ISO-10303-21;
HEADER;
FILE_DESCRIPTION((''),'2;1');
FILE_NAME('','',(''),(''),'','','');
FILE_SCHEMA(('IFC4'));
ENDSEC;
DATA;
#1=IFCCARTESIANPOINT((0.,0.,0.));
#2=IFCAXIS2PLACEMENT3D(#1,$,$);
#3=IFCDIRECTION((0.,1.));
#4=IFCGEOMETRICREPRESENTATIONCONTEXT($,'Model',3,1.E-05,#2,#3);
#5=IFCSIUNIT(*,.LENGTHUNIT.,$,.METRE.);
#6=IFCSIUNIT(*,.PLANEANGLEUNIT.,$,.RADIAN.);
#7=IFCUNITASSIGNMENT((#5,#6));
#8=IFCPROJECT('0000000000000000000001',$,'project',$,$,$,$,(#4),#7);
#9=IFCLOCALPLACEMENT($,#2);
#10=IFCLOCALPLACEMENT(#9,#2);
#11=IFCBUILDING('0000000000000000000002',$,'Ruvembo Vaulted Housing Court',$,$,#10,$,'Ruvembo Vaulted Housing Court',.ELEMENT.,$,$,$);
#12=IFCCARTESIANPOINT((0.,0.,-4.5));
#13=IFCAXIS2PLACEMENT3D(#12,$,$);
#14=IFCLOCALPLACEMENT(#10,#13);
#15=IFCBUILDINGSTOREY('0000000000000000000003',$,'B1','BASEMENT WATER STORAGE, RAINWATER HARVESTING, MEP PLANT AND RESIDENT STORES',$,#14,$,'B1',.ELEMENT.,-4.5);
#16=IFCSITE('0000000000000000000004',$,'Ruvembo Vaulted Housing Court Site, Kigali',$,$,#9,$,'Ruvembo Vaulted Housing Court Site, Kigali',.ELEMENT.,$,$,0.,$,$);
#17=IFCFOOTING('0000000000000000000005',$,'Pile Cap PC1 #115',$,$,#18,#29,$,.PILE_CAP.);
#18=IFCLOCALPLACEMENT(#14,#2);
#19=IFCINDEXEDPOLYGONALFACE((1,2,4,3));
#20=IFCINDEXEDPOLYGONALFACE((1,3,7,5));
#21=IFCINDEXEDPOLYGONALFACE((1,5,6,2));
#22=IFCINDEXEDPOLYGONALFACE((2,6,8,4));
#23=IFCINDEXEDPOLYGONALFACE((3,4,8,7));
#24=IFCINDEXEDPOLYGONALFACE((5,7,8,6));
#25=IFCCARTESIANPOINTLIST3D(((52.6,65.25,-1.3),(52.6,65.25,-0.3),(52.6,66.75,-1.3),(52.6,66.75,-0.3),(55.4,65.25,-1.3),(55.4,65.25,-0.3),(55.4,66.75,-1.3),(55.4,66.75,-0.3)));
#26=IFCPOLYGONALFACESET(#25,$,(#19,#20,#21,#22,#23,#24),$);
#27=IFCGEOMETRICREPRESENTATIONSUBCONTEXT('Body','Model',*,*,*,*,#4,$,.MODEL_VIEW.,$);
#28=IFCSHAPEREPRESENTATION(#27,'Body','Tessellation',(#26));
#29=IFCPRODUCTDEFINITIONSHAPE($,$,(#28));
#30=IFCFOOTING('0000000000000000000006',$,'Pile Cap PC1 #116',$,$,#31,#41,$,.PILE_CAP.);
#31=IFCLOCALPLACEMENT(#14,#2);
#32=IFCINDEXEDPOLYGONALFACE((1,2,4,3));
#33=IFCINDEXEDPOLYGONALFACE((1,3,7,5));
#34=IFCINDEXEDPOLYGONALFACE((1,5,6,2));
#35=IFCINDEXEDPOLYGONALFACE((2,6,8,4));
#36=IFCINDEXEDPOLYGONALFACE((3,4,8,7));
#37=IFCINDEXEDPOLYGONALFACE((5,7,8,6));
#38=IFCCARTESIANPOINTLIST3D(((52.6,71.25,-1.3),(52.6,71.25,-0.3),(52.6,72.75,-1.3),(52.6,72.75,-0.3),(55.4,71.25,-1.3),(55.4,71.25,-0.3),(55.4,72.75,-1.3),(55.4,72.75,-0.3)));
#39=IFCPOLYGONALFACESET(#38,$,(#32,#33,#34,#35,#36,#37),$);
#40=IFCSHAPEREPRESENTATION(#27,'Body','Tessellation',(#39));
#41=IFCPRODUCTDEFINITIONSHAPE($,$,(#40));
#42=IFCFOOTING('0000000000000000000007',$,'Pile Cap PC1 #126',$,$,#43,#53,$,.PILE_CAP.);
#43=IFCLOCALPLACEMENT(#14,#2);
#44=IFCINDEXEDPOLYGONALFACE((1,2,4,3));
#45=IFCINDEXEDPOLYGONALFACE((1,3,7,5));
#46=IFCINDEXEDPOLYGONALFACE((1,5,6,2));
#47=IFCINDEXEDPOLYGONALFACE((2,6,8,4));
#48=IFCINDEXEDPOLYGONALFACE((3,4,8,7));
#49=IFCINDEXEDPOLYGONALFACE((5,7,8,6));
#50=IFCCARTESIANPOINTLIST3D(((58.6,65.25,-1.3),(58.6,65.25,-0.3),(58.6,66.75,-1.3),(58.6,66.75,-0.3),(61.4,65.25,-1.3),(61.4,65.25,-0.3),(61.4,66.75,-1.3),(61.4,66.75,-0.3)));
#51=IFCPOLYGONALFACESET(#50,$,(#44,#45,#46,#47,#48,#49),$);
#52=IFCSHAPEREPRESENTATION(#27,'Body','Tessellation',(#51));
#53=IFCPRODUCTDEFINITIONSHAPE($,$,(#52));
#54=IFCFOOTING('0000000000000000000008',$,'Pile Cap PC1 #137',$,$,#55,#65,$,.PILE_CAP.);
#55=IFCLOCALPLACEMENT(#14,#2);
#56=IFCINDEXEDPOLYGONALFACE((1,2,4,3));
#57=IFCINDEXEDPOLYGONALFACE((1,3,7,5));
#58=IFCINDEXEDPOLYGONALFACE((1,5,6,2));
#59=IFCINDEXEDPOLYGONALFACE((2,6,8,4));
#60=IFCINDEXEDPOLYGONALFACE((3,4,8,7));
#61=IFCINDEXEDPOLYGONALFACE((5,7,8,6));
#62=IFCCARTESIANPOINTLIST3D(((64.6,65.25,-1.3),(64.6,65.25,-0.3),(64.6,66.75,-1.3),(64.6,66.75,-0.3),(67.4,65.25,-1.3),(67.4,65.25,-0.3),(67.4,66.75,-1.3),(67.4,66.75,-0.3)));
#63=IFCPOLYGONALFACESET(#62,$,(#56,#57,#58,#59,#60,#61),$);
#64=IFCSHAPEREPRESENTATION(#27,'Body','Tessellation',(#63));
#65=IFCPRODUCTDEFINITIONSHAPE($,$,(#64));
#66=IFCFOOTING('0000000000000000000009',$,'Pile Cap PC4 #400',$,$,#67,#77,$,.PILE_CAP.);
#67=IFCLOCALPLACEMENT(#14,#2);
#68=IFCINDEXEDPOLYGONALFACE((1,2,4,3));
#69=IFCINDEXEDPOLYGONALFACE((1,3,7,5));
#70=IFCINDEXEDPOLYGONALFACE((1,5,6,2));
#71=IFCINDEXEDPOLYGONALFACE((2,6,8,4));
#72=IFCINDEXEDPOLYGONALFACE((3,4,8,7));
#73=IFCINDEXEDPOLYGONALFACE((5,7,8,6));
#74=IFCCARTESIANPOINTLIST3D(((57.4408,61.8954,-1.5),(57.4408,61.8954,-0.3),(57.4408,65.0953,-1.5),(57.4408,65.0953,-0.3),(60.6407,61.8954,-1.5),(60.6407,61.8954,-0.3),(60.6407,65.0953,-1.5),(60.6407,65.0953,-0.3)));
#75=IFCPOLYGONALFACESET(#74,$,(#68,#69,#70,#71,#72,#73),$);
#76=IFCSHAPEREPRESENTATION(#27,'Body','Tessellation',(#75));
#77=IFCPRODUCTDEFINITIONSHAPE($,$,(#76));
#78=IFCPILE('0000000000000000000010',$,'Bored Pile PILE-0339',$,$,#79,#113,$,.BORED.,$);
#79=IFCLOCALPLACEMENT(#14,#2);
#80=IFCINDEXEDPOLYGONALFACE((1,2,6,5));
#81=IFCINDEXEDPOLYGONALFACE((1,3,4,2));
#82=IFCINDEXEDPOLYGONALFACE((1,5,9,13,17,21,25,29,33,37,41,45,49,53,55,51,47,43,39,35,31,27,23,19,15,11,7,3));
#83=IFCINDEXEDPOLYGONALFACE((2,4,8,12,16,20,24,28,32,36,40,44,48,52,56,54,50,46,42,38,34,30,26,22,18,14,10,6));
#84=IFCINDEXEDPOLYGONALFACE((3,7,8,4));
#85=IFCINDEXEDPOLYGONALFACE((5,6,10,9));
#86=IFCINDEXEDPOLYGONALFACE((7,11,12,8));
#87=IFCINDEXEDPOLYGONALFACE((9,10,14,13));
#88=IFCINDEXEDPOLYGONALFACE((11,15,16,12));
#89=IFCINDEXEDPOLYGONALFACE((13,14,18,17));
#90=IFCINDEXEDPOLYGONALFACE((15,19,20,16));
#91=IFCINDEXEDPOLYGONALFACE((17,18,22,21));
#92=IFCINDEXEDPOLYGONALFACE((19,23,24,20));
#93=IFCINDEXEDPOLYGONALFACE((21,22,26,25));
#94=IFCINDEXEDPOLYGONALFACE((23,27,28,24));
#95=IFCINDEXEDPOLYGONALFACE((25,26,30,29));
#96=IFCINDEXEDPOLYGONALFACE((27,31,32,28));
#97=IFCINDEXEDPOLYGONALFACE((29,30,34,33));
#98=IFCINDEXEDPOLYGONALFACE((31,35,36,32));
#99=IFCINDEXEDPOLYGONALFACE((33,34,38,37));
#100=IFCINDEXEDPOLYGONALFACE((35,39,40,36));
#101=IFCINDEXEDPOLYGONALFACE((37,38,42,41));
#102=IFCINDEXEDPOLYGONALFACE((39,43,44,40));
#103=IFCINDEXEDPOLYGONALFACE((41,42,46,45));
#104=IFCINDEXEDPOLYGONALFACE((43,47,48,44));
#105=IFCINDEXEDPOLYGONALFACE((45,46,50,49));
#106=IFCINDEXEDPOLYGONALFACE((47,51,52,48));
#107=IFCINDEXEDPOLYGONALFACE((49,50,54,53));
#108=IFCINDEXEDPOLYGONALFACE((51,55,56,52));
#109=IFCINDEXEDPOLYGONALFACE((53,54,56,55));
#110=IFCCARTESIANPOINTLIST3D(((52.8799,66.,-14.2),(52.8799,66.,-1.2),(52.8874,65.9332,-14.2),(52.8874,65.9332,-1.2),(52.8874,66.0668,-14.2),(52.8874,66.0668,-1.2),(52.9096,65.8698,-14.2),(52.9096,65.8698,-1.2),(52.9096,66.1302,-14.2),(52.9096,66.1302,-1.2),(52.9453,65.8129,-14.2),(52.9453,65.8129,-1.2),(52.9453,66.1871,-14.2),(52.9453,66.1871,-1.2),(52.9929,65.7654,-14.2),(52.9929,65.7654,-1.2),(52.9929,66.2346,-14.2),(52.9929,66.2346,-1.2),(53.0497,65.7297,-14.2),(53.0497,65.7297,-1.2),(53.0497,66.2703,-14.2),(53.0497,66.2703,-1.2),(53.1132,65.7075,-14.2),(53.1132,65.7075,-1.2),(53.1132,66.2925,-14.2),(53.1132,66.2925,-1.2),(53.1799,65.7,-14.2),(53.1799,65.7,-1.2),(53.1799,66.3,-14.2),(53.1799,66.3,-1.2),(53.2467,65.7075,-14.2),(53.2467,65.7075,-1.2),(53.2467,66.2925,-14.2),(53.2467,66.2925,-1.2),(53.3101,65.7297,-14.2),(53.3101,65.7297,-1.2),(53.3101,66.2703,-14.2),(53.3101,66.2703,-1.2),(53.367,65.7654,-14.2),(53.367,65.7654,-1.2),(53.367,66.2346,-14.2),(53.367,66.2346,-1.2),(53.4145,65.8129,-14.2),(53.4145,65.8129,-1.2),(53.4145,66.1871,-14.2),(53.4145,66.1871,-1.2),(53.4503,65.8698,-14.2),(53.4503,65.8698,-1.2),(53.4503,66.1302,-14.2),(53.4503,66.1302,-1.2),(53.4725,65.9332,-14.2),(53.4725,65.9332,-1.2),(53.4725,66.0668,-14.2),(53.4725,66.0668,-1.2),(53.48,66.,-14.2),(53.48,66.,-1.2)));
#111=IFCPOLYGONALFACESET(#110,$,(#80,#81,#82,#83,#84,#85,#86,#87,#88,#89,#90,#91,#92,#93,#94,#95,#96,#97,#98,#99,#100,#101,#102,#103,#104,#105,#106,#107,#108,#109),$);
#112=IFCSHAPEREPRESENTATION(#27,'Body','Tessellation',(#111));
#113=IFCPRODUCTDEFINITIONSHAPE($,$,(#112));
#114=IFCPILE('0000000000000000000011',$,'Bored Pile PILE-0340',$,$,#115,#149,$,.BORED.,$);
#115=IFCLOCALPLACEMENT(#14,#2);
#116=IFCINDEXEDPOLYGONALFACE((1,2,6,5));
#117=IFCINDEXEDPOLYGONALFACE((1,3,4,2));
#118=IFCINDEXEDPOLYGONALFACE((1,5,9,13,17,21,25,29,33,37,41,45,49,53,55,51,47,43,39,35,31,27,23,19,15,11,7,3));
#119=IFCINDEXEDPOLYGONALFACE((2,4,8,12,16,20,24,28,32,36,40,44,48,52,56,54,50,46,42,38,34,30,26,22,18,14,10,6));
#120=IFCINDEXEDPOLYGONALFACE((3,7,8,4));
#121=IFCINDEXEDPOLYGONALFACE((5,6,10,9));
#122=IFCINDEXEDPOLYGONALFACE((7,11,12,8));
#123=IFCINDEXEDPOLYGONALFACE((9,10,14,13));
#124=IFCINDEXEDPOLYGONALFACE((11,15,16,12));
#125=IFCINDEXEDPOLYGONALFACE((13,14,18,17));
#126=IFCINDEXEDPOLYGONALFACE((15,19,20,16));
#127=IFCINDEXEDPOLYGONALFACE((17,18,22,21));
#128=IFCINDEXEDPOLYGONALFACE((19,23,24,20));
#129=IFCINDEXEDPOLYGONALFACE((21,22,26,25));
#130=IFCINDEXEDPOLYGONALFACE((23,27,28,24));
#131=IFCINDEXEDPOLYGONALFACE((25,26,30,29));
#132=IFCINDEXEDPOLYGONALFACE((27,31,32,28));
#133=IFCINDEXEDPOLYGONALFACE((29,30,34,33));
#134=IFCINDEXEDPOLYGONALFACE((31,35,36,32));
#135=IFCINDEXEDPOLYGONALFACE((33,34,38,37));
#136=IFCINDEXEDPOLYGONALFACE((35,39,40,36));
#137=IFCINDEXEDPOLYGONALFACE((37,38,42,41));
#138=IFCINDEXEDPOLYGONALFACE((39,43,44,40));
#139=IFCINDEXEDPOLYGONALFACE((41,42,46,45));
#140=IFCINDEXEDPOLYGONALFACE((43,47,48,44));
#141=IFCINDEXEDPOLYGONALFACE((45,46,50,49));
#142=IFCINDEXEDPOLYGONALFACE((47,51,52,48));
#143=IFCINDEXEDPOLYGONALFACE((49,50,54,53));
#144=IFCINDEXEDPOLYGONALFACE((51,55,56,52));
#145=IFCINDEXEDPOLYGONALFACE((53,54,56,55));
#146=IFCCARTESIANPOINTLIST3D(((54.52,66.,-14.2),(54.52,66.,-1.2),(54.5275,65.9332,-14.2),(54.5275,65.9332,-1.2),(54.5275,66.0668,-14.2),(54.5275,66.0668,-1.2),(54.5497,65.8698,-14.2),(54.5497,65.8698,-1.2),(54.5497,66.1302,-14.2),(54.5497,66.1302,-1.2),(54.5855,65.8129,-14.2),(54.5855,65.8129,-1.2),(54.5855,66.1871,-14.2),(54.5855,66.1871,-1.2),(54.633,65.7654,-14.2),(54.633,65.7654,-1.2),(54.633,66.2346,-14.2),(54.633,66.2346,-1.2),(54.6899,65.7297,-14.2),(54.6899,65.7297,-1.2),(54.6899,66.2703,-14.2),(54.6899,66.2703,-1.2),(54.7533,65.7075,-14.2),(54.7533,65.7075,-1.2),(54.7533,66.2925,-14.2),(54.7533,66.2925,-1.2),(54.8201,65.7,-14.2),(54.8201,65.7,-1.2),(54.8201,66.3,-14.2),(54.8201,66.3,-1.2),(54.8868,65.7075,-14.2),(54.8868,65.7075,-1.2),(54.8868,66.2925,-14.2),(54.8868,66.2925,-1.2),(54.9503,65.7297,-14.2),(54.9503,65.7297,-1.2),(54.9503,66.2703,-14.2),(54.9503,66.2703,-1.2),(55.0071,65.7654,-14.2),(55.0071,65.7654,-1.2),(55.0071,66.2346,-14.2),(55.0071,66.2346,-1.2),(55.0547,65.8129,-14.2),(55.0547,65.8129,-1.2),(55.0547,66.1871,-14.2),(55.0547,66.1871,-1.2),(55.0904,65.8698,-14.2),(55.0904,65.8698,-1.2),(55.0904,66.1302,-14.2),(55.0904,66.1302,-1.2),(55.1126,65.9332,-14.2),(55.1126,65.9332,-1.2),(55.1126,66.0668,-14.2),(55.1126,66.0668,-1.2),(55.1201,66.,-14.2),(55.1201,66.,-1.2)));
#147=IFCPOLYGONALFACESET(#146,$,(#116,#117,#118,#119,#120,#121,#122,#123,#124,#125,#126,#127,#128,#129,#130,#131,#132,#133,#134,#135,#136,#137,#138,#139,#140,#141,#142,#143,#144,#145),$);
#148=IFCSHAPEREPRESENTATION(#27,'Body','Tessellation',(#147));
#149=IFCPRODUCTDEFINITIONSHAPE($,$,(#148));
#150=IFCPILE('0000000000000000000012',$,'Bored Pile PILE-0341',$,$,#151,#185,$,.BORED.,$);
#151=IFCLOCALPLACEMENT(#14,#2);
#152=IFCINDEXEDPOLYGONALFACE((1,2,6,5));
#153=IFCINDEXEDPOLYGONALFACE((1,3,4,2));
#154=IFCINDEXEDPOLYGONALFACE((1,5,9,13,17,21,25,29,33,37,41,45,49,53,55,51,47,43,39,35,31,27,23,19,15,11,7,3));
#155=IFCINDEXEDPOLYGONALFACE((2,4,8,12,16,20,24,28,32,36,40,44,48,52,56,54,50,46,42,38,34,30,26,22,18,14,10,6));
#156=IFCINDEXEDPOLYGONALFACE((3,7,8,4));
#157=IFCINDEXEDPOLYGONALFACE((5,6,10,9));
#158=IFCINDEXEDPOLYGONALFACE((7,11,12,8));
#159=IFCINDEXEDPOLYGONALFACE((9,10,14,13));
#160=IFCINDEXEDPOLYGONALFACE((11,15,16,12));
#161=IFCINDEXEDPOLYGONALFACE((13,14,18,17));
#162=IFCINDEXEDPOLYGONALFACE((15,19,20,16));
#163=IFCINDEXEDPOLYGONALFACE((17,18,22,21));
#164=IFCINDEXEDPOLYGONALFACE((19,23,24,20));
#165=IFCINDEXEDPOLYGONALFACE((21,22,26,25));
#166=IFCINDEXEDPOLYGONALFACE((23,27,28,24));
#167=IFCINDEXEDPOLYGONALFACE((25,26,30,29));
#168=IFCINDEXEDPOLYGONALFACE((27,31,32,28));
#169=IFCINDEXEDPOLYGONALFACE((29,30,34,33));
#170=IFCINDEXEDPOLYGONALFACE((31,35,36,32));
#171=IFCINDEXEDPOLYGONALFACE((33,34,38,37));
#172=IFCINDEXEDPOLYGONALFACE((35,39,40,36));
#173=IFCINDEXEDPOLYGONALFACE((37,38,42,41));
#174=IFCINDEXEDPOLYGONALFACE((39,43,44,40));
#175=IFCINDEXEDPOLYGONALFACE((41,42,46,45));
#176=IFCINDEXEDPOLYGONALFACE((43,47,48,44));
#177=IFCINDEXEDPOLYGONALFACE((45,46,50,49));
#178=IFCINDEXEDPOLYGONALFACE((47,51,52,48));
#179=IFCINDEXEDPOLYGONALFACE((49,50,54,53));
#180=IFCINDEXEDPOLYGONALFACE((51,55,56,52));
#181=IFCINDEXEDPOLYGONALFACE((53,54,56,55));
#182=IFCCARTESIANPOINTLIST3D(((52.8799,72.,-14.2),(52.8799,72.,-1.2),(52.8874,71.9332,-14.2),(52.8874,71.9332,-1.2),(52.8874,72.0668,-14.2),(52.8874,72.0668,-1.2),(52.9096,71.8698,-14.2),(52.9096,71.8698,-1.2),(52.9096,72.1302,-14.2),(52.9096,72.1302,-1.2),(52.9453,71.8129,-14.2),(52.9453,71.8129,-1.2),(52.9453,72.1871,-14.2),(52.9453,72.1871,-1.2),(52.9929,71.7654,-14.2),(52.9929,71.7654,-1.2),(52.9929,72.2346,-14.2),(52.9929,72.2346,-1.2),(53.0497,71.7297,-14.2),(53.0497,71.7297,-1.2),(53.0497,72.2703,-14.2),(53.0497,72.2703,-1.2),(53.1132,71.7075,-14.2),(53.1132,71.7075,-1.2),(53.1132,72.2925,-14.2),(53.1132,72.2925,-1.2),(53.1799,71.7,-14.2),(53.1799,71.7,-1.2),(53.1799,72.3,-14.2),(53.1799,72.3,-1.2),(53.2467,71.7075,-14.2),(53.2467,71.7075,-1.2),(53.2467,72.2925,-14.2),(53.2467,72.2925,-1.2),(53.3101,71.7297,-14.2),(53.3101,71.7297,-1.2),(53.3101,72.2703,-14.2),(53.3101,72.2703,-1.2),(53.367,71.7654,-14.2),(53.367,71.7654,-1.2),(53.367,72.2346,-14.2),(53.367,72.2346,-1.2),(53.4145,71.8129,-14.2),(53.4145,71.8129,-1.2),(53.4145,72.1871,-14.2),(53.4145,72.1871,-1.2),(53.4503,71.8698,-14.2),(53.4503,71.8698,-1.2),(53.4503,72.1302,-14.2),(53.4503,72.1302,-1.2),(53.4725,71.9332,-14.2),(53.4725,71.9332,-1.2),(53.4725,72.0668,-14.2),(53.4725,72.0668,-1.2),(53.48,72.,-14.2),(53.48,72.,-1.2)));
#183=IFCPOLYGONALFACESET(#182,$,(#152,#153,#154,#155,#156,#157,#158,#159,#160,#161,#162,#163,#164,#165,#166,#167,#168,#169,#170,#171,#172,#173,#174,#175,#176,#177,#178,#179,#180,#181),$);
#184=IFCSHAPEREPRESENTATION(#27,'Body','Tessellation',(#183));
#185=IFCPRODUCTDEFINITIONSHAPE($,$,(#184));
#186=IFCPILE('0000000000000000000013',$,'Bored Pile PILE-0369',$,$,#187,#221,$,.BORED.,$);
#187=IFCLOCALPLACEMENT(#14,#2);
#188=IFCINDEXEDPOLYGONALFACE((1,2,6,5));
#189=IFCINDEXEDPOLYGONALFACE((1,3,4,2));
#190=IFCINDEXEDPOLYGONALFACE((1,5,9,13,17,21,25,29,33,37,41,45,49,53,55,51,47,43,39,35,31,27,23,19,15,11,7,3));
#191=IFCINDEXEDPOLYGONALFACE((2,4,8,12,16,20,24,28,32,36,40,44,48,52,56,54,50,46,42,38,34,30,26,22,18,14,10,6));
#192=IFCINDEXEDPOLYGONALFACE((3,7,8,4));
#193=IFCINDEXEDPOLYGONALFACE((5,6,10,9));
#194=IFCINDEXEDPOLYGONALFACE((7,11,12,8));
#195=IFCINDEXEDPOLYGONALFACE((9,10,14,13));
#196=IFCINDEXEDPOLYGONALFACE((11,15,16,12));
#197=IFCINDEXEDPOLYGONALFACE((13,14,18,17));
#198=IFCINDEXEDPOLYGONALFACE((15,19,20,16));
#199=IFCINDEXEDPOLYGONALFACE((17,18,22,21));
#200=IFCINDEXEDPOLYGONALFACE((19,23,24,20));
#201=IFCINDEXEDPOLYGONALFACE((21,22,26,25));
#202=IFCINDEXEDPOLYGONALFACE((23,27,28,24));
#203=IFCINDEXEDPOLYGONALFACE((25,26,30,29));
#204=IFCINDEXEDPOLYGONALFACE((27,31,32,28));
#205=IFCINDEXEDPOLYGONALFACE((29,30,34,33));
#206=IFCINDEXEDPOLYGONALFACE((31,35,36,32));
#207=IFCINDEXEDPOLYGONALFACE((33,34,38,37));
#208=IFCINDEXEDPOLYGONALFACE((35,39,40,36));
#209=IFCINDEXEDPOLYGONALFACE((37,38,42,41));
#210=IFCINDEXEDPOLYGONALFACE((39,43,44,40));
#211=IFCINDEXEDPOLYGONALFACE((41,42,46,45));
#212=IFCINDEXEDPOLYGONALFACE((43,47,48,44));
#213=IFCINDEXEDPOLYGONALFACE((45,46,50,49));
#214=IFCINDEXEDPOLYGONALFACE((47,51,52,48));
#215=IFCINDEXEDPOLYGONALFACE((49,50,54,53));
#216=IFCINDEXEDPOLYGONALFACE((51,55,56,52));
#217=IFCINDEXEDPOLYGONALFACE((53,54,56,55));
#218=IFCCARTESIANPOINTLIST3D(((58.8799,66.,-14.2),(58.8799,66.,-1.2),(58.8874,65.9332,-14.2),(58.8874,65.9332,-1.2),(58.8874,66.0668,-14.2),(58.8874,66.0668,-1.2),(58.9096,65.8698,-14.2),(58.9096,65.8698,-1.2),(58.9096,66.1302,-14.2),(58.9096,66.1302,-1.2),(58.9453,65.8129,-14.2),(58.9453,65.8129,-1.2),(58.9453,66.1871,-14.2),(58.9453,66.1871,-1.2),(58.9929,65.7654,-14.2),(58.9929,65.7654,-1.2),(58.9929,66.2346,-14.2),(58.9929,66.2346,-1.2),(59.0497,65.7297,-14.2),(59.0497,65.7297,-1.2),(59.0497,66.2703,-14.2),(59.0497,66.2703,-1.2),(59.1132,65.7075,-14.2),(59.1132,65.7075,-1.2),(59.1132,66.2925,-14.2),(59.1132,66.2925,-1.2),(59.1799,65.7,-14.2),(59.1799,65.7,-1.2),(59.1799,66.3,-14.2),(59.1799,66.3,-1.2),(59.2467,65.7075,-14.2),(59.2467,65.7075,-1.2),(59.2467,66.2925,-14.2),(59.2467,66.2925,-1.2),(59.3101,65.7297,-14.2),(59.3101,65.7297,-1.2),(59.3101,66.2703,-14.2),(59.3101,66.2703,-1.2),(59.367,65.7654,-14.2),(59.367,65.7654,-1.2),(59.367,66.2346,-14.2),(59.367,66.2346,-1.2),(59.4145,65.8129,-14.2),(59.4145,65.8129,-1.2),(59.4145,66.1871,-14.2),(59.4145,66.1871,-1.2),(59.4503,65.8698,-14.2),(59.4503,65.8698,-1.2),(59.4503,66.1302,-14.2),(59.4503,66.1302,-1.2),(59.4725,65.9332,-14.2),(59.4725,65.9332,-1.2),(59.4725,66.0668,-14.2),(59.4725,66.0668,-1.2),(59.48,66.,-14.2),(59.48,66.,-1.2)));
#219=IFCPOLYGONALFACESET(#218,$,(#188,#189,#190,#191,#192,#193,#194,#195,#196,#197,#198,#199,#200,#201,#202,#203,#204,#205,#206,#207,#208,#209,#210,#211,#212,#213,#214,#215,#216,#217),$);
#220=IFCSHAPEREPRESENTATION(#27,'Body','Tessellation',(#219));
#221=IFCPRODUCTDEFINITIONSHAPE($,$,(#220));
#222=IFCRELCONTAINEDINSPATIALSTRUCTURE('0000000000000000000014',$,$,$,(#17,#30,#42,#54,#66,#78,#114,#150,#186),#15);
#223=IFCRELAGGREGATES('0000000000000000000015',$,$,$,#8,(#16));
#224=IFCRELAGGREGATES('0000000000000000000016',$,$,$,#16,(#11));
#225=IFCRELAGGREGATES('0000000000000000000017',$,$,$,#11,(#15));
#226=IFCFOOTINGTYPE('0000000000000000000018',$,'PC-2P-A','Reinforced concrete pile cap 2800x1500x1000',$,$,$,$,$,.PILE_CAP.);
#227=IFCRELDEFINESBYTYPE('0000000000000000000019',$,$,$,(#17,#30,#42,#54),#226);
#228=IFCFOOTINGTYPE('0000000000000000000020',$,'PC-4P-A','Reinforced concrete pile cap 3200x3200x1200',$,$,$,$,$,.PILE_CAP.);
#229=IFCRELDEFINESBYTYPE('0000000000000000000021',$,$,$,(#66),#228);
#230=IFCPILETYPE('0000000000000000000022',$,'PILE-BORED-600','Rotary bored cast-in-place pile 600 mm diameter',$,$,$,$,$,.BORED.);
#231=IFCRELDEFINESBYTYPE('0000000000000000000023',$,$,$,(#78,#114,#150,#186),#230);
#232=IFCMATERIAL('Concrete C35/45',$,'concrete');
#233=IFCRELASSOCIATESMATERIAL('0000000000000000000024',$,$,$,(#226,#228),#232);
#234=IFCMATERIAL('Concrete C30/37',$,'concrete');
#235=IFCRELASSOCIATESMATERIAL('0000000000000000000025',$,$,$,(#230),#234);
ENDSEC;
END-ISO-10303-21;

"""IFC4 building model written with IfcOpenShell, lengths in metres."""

from ifc_helpers import new_model, si_unit, direction, frame, origin, origin_2d, place, context, subcontext, project, spatial, rectangle, circle, extrude, material, material_profile, profile_set, type_object, element, save


model = new_model("IFC4")

# Units and contexts
model_context = context("Model", 3, precision=1e-05, world=origin(), true_north=direction((0.0, 1.0)))
body_context = subcontext(model_context, "Body", "Model", "MODEL_VIEW")
ifc_project = project(units=[si_unit("LENGTHUNIT", "METRE"), si_unit("PLANEANGLEUNIT", "RADIAN")], contexts=[model_context])

# Site, building, storey
site_placement = place(None, origin())
site = spatial("IfcSite", under=ifc_project, at=site_placement, Name="Ruvembo Vaulted Housing Court Site, Kigali", LongName="Ruvembo Vaulted Housing Court Site, Kigali", CompositionType="ELEMENT", RefElevation=0.0)
building_placement = place(site_placement, origin())
building = spatial("IfcBuilding", under=site, at=building_placement, Name="Ruvembo Vaulted Housing Court", LongName="Ruvembo Vaulted Housing Court", CompositionType="ELEMENT")
storey_placement = place(building_placement, frame((0.0, 0.0, -4.5)))
storey = spatial("IfcBuildingStorey", under=building, at=storey_placement, Name="B1", Description="BASEMENT WATER STORAGE, RAINWATER HARVESTING, MEP PLANT AND RESIDENT STORES", LongName="B1", CompositionType="ELEMENT", Elevation=-4.5)

# Footings
ifc_material_1 = material(Name="Concrete C35/45", Category="concrete")
footing_type_1 = type_object("IfcFootingType", Name="PC-2P-A", Description="Reinforced concrete pile cap 2800x1500x1000", PredefinedType="PILE_CAP", material=ifc_material_1)
for number, where, z_axis, x_axis, name in (
    (1, (54.0, 66.0, -1.3), (0.0, 0.0, 1.0), (1.0, 0.0, 0.0), "Pile Cap PC1 #115"),
    (2, (54.0, 72.0, -1.3), (0.0, 0.0, 1.0), (1.0, 0.0, 0.0), "Pile Cap PC1 #116"),
    (3, (60.0, 66.0, -1.3), (0.0, 0.0, 1.0), (1.0, 0.0, 0.0), "Pile Cap PC1 #126"),
    (4, (66.0, 66.0, -1.3), (0.0, 0.0, 1.0), (1.0, 0.0, 0.0), "Pile Cap PC1 #137"),
):
    element("IfcFooting", number, at=place(storey_placement, frame(where, z_axis=z_axis, x_axis=x_axis)), inside=storey, type_object=footing_type_1, Name=name, PredefinedType="PILE_CAP", context=body_context, shape_type="SweptSolid", body=[
        extrude(rectangle(XDim=2.8, YDim=1.5, at=origin_2d()), origin(), (0.0, 0.0, 1.0), 1.0),
    ])
footing_type_2 = type_object("IfcFootingType", Name="PC-4P-A", Description="Reinforced concrete pile cap 3200x3200x1200", PredefinedType="PILE_CAP", material=ifc_material_1)
footing_placement = place(storey_placement, frame((59.0408, 63.4954, -1.5), z_axis=(0.0, 0.0, 1.0), x_axis=(1.0, 0.0, 0.0)))
element("IfcFooting", 5, at=footing_placement, inside=storey, type_object=footing_type_2, Name="Pile Cap PC4 #400", PredefinedType="PILE_CAP", context=body_context, shape_type="SweptSolid", body=[
    extrude(rectangle(XDim=3.2, YDim=3.2, at=origin_2d()), origin(), (0.0, 0.0, 1.0), 1.2),
])

# Piles
ifc_material_2 = material(Name="Concrete C30/37", Category="concrete")
ifc_material_profile_1 = material_profile(ifc_material_2, circle(Radius=0.3, at=origin_2d()), Name="PILE D600")
ifc_profile_set_1 = profile_set([ifc_material_profile_1], Name="Concrete C30/37")
pile_type_1 = type_object("IfcPileType", Name="PILE-BORED-600", Description="Rotary bored cast-in-place pile 600 mm diameter", PredefinedType="BORED", material=ifc_profile_set_1)
for number, where, z_axis, x_axis, name in (
    (6, (53.1799, 66.0, -1.2), (0.0, 0.0, -1.0), (1.0, 0.0, 0.0), "Bored Pile PILE-0339"),
    (7, (54.8201, 66.0, -1.2), (0.0, 0.0, -1.0), (1.0, 0.0, 0.0), "Bored Pile PILE-0340"),
    (8, (53.1799, 72.0, -1.2), (0.0, 0.0, -1.0), (1.0, 0.0, 0.0), "Bored Pile PILE-0341"),
    (9, (59.1799, 66.0, -1.2), (0.0, 0.0, -1.0), (1.0, 0.0, 0.0), "Bored Pile PILE-0369"),
):
    element("IfcPile", number, at=place(storey_placement, frame(where, z_axis=z_axis, x_axis=x_axis)), inside=storey, type_object=pile_type_1, Name=name, PredefinedType="BORED", context=body_context, shape_type="SweptSolid", body=[
        extrude(circle(Radius=0.3, at=origin_2d()), origin(), (0.0, 0.0, 1.0), 13.0),
    ])

save(model, "model.ifc")
